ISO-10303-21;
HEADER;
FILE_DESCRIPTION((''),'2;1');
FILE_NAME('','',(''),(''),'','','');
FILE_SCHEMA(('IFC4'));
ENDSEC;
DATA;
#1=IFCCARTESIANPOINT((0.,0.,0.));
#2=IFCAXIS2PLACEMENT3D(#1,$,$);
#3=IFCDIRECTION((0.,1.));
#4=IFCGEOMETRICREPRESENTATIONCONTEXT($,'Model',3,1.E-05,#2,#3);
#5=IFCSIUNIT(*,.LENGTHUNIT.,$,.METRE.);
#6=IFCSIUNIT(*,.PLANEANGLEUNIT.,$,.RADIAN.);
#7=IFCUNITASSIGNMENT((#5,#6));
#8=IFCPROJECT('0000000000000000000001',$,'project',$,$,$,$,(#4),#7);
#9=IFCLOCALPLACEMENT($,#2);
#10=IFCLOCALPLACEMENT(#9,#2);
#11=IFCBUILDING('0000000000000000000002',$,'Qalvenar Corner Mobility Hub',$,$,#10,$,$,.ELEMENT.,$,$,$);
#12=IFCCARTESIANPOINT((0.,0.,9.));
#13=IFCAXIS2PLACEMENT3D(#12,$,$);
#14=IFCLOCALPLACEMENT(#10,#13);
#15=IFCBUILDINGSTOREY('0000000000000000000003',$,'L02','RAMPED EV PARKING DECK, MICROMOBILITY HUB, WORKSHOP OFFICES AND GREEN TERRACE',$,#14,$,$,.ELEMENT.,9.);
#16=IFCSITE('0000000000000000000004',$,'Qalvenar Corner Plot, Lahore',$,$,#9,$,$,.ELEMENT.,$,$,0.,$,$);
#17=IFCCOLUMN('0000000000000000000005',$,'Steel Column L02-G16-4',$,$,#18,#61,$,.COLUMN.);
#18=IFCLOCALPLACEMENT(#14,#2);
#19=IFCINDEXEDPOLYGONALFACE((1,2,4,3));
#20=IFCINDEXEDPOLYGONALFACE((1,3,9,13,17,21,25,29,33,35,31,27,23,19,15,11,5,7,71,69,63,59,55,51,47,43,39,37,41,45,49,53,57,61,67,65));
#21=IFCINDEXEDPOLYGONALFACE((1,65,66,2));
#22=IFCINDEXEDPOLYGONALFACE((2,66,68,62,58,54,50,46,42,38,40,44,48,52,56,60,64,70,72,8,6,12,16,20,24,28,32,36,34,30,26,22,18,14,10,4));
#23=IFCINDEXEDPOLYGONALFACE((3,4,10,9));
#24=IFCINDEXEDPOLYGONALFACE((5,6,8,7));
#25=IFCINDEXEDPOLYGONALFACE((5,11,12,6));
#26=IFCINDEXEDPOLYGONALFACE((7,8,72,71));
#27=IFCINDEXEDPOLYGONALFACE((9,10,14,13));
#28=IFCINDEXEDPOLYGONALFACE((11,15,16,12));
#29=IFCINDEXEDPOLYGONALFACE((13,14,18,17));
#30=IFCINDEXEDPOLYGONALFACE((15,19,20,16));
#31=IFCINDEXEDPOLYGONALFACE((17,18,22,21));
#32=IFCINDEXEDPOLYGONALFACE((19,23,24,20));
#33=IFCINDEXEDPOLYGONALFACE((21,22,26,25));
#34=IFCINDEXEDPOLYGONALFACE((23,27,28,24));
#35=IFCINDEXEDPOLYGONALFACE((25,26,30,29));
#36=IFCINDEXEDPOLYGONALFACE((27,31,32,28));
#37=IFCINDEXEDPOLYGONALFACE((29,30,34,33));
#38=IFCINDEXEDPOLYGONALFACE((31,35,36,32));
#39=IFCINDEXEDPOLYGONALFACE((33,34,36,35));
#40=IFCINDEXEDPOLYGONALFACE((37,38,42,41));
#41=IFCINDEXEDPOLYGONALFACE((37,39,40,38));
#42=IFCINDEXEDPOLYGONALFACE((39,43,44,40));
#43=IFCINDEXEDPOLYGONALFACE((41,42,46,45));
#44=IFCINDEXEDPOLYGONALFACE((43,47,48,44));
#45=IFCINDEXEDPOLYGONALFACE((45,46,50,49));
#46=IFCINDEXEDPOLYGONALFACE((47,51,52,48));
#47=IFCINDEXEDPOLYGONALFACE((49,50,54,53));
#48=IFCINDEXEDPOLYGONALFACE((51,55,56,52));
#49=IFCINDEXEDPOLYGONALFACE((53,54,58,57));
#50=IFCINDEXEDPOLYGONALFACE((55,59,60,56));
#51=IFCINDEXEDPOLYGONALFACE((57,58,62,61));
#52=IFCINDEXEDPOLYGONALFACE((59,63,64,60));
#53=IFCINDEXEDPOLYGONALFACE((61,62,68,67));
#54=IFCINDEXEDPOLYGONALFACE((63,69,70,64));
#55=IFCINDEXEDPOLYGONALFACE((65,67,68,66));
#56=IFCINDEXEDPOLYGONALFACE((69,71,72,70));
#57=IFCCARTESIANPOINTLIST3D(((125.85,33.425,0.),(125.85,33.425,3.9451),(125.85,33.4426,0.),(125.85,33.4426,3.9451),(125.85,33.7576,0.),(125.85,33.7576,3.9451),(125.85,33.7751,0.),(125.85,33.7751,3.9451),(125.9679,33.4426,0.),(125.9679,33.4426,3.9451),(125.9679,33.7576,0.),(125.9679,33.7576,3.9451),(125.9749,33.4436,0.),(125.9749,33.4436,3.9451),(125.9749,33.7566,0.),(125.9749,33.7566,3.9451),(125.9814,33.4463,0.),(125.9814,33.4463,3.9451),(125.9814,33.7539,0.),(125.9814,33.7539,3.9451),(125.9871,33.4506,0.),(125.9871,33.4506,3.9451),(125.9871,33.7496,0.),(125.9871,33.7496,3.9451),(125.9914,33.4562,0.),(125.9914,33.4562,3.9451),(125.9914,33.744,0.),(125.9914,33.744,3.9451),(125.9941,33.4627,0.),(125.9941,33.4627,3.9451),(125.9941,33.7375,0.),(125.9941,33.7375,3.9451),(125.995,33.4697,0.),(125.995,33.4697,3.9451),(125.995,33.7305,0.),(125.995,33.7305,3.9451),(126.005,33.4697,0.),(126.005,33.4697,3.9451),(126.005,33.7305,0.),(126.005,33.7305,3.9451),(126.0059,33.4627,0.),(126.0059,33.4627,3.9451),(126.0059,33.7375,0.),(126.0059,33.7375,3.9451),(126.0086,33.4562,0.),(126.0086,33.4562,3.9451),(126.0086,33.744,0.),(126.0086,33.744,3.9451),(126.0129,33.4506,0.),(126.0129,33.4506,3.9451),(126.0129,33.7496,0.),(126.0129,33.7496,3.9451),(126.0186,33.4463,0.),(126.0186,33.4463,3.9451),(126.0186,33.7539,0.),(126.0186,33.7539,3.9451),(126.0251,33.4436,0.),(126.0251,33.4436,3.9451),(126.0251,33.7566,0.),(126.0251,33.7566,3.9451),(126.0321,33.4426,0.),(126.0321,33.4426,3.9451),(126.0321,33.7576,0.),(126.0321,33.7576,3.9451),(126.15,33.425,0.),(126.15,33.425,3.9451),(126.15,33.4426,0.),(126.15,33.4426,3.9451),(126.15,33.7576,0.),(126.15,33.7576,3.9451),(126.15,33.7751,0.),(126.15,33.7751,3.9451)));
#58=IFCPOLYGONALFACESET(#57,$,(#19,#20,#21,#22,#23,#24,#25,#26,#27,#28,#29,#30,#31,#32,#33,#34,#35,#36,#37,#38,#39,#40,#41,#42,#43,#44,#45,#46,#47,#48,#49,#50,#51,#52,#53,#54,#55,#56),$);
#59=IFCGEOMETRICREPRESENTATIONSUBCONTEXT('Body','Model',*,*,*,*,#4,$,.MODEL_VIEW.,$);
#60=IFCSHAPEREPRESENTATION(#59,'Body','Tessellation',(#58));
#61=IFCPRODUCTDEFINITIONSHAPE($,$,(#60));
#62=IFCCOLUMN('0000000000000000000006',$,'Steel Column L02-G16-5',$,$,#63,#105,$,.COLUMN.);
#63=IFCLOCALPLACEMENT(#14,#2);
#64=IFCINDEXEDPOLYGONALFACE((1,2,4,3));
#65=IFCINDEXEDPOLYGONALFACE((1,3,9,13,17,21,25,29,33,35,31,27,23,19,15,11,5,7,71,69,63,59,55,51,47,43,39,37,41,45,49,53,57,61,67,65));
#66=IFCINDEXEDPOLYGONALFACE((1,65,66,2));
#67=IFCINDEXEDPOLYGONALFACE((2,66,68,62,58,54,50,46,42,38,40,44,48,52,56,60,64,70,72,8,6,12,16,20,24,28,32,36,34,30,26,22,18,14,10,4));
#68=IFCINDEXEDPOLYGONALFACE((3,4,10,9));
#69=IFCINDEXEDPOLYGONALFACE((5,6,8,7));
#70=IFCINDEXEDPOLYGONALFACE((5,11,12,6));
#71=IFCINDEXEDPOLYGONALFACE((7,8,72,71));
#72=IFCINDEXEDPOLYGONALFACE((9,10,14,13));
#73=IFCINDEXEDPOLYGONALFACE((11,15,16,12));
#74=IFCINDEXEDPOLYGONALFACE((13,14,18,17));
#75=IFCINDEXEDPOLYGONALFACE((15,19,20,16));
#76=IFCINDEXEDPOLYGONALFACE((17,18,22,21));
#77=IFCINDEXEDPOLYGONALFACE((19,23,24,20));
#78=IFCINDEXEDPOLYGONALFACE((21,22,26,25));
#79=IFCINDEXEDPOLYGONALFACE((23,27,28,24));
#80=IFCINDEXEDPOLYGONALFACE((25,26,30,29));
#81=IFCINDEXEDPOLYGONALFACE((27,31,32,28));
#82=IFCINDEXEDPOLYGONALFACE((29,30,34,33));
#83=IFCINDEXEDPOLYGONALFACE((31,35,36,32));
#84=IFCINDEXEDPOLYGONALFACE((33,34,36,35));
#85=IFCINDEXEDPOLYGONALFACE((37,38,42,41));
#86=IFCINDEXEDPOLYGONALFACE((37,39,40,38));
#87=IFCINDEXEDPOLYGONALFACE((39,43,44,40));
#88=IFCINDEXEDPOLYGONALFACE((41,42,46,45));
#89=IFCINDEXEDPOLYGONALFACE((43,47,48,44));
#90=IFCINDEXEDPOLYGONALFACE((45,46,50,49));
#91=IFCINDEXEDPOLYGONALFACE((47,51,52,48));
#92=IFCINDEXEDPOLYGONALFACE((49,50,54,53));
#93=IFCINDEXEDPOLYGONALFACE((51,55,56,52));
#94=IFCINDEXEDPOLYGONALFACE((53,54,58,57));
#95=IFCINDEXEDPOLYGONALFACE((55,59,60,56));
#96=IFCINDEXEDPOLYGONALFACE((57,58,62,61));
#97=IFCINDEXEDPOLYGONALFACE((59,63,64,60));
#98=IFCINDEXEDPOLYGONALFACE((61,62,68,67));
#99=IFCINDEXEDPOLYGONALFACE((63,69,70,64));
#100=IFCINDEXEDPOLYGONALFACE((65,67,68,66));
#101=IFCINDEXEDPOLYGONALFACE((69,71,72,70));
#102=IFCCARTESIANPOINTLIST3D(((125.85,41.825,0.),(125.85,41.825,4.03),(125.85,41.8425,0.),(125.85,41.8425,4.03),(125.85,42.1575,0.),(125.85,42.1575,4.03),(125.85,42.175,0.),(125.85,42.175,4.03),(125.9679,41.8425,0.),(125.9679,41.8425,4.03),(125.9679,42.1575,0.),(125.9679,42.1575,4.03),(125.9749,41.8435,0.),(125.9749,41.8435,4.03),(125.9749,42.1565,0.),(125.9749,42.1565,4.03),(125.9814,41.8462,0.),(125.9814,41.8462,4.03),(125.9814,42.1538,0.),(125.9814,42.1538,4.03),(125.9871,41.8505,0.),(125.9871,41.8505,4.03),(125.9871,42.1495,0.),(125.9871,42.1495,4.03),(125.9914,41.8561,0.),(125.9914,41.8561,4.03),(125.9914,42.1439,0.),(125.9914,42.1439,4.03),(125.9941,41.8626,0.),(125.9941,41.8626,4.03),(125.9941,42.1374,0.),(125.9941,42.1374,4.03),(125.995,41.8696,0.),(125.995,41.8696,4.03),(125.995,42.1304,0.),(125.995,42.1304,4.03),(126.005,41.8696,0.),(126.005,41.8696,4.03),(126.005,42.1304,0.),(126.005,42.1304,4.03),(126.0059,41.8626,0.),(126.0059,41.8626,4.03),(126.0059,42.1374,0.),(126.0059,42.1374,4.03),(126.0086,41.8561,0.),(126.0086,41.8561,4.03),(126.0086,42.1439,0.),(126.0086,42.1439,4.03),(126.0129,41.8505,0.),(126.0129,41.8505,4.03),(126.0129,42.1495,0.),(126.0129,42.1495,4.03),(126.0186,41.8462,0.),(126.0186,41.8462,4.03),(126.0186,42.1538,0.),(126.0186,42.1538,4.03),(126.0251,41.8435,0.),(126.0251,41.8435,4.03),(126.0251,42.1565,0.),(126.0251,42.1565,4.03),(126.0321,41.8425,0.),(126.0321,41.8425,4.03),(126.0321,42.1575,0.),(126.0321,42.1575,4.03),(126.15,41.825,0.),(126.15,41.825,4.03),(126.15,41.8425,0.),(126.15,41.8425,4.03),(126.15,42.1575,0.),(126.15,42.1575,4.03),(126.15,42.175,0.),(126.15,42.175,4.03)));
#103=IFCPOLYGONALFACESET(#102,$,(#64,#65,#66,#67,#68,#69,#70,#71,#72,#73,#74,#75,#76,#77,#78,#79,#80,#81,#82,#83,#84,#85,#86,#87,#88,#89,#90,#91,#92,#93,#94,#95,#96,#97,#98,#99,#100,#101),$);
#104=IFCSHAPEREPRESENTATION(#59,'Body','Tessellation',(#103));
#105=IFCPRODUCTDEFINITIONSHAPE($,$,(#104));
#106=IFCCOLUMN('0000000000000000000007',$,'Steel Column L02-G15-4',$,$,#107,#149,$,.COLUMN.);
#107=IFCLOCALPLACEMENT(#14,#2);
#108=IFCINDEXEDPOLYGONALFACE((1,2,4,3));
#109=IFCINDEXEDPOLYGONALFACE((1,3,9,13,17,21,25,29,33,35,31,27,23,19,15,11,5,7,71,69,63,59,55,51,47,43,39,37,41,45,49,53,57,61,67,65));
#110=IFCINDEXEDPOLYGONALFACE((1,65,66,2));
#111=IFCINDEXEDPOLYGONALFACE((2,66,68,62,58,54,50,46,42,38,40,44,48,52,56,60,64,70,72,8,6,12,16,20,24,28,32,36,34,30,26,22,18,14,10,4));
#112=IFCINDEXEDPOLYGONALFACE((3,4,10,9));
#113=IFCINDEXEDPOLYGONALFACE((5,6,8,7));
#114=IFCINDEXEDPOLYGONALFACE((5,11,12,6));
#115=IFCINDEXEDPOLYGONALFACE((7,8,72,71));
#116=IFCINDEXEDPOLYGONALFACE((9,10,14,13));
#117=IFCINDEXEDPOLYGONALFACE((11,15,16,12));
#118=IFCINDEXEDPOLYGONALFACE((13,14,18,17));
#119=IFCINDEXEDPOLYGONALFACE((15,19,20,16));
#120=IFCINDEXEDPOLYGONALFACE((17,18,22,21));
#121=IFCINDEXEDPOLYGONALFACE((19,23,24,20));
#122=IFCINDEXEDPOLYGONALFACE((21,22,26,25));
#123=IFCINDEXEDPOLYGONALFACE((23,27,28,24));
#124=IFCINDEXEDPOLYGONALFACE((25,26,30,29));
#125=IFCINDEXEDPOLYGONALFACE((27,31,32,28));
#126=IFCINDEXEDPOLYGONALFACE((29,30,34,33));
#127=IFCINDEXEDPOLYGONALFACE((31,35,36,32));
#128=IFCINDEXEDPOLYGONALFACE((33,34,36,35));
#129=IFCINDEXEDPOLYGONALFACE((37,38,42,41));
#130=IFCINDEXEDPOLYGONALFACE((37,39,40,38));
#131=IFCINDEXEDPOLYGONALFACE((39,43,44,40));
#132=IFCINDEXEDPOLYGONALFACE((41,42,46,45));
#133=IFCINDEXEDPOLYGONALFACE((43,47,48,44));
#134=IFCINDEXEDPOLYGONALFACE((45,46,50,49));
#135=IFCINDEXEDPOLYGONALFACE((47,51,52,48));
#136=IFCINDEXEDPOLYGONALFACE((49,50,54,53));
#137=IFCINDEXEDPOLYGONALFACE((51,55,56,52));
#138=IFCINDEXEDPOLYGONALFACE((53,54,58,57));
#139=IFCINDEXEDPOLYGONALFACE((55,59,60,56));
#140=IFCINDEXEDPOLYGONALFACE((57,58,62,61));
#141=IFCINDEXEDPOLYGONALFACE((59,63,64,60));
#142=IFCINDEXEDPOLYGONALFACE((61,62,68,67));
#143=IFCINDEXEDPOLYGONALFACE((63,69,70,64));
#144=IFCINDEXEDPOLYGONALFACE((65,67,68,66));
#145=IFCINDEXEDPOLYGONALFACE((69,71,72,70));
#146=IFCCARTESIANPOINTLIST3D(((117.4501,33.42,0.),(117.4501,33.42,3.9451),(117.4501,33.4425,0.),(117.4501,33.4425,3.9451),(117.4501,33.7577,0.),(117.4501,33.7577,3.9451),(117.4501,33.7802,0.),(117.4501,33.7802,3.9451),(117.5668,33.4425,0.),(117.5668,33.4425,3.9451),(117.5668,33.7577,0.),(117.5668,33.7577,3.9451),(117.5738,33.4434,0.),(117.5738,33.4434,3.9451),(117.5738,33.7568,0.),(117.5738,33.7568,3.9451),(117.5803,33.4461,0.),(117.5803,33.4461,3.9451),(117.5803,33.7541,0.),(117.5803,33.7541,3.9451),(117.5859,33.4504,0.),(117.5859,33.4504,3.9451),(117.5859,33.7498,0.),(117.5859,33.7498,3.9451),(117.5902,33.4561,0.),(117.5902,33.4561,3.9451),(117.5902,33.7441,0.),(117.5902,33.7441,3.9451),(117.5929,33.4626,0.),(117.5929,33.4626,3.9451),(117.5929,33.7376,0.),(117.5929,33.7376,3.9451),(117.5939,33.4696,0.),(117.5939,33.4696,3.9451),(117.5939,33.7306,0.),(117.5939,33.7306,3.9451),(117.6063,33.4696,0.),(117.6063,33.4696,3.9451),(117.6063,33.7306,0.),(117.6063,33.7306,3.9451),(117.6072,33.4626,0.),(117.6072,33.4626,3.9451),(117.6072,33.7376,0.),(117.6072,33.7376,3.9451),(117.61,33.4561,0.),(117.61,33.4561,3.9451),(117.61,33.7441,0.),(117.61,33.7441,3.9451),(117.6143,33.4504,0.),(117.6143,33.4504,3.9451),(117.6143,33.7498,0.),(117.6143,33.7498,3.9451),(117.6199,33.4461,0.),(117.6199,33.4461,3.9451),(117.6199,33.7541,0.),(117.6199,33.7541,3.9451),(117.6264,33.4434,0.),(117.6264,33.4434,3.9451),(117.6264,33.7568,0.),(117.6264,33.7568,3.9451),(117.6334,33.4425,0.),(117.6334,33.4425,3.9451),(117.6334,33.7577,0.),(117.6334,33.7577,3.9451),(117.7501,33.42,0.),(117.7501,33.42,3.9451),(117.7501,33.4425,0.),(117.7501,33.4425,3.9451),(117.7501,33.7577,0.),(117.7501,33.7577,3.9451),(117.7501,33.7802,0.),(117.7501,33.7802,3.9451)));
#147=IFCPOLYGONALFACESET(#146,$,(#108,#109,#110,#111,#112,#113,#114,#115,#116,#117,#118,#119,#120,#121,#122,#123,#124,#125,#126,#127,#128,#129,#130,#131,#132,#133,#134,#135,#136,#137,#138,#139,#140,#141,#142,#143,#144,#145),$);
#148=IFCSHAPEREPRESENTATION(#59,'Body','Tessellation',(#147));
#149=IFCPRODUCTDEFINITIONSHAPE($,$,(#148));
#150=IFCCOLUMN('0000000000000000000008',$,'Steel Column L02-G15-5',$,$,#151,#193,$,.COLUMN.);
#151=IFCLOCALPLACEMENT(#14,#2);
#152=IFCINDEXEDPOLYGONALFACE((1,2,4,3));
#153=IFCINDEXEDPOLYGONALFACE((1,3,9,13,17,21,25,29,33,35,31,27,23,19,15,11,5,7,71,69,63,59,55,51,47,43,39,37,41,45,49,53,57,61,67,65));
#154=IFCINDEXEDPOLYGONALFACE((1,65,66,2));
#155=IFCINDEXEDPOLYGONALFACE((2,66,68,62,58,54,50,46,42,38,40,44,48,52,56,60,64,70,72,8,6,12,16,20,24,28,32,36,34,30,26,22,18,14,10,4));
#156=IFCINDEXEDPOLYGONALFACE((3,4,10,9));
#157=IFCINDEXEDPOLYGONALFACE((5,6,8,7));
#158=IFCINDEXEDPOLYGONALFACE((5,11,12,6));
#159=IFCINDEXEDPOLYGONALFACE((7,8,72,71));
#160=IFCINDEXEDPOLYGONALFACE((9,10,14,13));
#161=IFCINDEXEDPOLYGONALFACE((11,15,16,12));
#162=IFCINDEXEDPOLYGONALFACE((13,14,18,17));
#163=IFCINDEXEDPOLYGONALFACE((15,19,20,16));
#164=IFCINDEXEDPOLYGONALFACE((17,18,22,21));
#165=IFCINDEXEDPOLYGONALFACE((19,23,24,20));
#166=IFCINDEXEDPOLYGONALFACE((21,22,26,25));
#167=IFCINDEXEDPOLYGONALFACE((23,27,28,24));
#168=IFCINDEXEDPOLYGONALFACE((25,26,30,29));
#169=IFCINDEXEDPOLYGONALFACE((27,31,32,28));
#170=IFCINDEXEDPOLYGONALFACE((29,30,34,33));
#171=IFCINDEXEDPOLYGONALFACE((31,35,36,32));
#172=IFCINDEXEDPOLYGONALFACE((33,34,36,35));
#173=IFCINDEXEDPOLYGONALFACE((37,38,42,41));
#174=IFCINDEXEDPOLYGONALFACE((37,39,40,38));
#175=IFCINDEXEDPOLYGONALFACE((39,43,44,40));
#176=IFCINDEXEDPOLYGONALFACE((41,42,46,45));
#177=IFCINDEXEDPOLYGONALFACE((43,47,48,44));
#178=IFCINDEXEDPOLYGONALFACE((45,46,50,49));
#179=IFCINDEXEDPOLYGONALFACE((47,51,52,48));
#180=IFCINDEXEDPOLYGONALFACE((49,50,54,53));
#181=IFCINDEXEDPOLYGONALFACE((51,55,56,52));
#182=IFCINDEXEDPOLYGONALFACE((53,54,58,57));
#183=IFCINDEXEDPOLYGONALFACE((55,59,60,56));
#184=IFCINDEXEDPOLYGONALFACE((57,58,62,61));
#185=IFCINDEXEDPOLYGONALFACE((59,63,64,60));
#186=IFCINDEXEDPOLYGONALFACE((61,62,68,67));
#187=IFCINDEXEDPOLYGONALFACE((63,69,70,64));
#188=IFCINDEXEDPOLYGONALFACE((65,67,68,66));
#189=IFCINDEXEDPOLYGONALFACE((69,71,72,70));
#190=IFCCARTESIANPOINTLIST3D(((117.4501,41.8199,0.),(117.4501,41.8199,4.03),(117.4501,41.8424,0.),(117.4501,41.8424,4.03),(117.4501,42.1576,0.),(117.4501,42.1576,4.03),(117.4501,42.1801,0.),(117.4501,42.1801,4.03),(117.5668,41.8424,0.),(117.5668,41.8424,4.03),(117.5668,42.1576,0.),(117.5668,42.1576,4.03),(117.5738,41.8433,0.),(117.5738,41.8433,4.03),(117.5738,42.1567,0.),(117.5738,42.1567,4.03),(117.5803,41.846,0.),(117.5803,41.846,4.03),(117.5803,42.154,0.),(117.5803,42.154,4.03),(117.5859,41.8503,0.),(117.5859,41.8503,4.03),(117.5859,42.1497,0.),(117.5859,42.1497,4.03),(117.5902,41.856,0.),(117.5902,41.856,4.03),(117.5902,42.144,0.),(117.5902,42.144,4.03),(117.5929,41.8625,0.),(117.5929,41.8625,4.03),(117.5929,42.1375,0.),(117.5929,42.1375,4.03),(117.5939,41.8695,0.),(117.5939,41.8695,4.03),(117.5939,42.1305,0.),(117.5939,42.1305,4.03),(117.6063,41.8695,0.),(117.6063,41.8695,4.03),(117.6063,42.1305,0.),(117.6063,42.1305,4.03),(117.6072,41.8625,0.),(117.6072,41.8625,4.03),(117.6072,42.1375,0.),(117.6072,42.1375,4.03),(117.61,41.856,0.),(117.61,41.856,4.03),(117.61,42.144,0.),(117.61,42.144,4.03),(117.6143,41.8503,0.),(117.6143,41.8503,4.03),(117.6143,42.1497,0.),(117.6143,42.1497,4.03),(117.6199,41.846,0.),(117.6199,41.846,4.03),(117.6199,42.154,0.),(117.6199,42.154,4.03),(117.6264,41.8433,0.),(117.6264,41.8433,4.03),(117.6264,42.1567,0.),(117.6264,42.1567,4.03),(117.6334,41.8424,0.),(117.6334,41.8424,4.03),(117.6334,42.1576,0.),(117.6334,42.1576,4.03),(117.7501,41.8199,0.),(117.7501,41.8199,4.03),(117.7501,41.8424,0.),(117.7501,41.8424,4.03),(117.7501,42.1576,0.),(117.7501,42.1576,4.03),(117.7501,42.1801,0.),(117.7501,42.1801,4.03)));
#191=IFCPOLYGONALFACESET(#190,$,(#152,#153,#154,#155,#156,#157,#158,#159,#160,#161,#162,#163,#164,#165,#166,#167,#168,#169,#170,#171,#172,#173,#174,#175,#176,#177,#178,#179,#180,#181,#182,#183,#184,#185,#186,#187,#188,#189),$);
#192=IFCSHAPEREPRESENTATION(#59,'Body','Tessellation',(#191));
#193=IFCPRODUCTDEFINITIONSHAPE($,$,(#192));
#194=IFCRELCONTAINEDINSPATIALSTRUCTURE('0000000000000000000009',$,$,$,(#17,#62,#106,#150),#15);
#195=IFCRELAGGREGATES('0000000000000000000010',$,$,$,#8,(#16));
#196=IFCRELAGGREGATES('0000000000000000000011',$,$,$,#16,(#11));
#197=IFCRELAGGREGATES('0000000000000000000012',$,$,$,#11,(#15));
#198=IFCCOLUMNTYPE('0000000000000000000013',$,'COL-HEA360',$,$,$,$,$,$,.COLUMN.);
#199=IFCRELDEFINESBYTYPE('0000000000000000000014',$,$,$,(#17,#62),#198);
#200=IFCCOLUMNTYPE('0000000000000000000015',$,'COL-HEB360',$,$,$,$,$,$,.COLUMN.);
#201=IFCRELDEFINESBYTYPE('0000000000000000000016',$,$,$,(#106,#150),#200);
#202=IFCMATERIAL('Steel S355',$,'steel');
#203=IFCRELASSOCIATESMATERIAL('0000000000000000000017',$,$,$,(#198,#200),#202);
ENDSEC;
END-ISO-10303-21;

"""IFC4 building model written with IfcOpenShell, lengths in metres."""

from ifc_helpers import new_model, si_unit, direction, frame, origin, origin_2d, place, context, subcontext, project, spatial, i_section, extrude, material, material_profile, profile_set, type_object, element, save


model = new_model("IFC4")

# Units and contexts
model_context = context("Model", 3, precision=1e-05, world=origin(), true_north=direction((0.0, 1.0)))
body_context = subcontext(model_context, "Body", "Model", "MODEL_VIEW")
ifc_project = project(units=[si_unit("LENGTHUNIT", "METRE"), si_unit("PLANEANGLEUNIT", "RADIAN")], contexts=[model_context])

# Site, building, storey
site_placement = place(None, origin())
site = spatial("IfcSite", under=ifc_project, at=site_placement, Name="Qalvenar Corner Plot, Lahore", CompositionType="ELEMENT", RefElevation=0.0)
building_placement = place(site_placement, origin())
building = spatial("IfcBuilding", under=site, at=building_placement, Name="Qalvenar Corner Mobility Hub", CompositionType="ELEMENT")
storey_placement = place(building_placement, frame((0.0, 0.0, 9.0)))
storey = spatial("IfcBuildingStorey", under=building, at=storey_placement, Name="L02", Description="RAMPED EV PARKING DECK, MICROMOBILITY HUB, WORKSHOP OFFICES AND GREEN TERRACE", CompositionType="ELEMENT", Elevation=9.0)

# Columns
ifc_material_1 = material(Name="Steel S355", Category="steel")
ifc_material_profile_1 = material_profile(ifc_material_1, i_section(OverallWidth=0.3, OverallDepth=0.3501, WebThickness=0.01, FlangeThickness=0.0176, FilletRadius=0.0271, at=origin_2d()), Name="HEA360")
ifc_profile_set_1 = profile_set([ifc_material_profile_1], Name="Steel S355")
column_type_1 = type_object("IfcColumnType", Name="COL-HEA360", PredefinedType="COLUMN", material=ifc_profile_set_1)
column_1_placement = place(storey_placement, frame((126.0, 33.6001, 0.0), z_axis=(0.0, 0.0, 1.0), x_axis=(1.0, 0.0, 0.0)))
element("IfcColumn", 1, at=column_1_placement, inside=storey, type_object=column_type_1, Name="Steel Column L02-G16-4", PredefinedType="COLUMN", context=body_context, shape_type="SweptSolid", body=[
    extrude(i_section(OverallWidth=0.3, OverallDepth=0.3501, WebThickness=0.01, FlangeThickness=0.0176, FilletRadius=0.0271, at=origin_2d()), origin(), (0.0, 0.0, 1.0), 3.9451),
])
column_2_placement = place(storey_placement, frame((126.0, 42.0, 0.0), z_axis=(0.0, 0.0, 1.0), x_axis=(1.0, 0.0, 0.0)))
element("IfcColumn", 2, at=column_2_placement, inside=storey, type_object=column_type_1, Name="Steel Column L02-G16-5", PredefinedType="COLUMN", context=body_context, shape_type="SweptSolid", body=[
    extrude(i_section(OverallWidth=0.3, OverallDepth=0.3501, WebThickness=0.01, FlangeThickness=0.0176, FilletRadius=0.0271, at=origin_2d()), origin(), (0.0, 0.0, 1.0), 4.03),
])
ifc_material_profile_2 = material_profile(ifc_material_1, i_section(OverallWidth=0.3, OverallDepth=0.3601, WebThickness=0.0125, FlangeThickness=0.0225, FilletRadius=0.0271, at=origin_2d()), Name="HEB360")
ifc_profile_set_2 = profile_set([ifc_material_profile_2], Name="Steel S355")
column_type_2 = type_object("IfcColumnType", Name="COL-HEB360", PredefinedType="COLUMN", material=ifc_profile_set_2)
column_3_placement = place(storey_placement, frame((117.6001, 33.6001, 0.0), z_axis=(0.0, 0.0, 1.0), x_axis=(1.0, 0.0, 0.0)))
element("IfcColumn", 3, at=column_3_placement, inside=storey, type_object=column_type_2, Name="Steel Column L02-G15-4", PredefinedType="COLUMN", context=body_context, shape_type="SweptSolid", body=[
    extrude(i_section(OverallWidth=0.3, OverallDepth=0.3601, WebThickness=0.0125, FlangeThickness=0.0225, FilletRadius=0.0271, at=origin_2d()), origin(), (0.0, 0.0, 1.0), 3.9451),
])
column_4_placement = place(storey_placement, frame((117.6001, 42.0, 0.0), z_axis=(0.0, 0.0, 1.0), x_axis=(1.0, 0.0, 0.0)))
element("IfcColumn", 4, at=column_4_placement, inside=storey, type_object=column_type_2, Name="Steel Column L02-G15-5", PredefinedType="COLUMN", context=body_context, shape_type="SweptSolid", body=[
    extrude(i_section(OverallWidth=0.3, OverallDepth=0.3601, WebThickness=0.0125, FlangeThickness=0.0225, FilletRadius=0.0271, at=origin_2d()), origin(), (0.0, 0.0, 1.0), 4.03),
])

save(model, "model.ifc")
